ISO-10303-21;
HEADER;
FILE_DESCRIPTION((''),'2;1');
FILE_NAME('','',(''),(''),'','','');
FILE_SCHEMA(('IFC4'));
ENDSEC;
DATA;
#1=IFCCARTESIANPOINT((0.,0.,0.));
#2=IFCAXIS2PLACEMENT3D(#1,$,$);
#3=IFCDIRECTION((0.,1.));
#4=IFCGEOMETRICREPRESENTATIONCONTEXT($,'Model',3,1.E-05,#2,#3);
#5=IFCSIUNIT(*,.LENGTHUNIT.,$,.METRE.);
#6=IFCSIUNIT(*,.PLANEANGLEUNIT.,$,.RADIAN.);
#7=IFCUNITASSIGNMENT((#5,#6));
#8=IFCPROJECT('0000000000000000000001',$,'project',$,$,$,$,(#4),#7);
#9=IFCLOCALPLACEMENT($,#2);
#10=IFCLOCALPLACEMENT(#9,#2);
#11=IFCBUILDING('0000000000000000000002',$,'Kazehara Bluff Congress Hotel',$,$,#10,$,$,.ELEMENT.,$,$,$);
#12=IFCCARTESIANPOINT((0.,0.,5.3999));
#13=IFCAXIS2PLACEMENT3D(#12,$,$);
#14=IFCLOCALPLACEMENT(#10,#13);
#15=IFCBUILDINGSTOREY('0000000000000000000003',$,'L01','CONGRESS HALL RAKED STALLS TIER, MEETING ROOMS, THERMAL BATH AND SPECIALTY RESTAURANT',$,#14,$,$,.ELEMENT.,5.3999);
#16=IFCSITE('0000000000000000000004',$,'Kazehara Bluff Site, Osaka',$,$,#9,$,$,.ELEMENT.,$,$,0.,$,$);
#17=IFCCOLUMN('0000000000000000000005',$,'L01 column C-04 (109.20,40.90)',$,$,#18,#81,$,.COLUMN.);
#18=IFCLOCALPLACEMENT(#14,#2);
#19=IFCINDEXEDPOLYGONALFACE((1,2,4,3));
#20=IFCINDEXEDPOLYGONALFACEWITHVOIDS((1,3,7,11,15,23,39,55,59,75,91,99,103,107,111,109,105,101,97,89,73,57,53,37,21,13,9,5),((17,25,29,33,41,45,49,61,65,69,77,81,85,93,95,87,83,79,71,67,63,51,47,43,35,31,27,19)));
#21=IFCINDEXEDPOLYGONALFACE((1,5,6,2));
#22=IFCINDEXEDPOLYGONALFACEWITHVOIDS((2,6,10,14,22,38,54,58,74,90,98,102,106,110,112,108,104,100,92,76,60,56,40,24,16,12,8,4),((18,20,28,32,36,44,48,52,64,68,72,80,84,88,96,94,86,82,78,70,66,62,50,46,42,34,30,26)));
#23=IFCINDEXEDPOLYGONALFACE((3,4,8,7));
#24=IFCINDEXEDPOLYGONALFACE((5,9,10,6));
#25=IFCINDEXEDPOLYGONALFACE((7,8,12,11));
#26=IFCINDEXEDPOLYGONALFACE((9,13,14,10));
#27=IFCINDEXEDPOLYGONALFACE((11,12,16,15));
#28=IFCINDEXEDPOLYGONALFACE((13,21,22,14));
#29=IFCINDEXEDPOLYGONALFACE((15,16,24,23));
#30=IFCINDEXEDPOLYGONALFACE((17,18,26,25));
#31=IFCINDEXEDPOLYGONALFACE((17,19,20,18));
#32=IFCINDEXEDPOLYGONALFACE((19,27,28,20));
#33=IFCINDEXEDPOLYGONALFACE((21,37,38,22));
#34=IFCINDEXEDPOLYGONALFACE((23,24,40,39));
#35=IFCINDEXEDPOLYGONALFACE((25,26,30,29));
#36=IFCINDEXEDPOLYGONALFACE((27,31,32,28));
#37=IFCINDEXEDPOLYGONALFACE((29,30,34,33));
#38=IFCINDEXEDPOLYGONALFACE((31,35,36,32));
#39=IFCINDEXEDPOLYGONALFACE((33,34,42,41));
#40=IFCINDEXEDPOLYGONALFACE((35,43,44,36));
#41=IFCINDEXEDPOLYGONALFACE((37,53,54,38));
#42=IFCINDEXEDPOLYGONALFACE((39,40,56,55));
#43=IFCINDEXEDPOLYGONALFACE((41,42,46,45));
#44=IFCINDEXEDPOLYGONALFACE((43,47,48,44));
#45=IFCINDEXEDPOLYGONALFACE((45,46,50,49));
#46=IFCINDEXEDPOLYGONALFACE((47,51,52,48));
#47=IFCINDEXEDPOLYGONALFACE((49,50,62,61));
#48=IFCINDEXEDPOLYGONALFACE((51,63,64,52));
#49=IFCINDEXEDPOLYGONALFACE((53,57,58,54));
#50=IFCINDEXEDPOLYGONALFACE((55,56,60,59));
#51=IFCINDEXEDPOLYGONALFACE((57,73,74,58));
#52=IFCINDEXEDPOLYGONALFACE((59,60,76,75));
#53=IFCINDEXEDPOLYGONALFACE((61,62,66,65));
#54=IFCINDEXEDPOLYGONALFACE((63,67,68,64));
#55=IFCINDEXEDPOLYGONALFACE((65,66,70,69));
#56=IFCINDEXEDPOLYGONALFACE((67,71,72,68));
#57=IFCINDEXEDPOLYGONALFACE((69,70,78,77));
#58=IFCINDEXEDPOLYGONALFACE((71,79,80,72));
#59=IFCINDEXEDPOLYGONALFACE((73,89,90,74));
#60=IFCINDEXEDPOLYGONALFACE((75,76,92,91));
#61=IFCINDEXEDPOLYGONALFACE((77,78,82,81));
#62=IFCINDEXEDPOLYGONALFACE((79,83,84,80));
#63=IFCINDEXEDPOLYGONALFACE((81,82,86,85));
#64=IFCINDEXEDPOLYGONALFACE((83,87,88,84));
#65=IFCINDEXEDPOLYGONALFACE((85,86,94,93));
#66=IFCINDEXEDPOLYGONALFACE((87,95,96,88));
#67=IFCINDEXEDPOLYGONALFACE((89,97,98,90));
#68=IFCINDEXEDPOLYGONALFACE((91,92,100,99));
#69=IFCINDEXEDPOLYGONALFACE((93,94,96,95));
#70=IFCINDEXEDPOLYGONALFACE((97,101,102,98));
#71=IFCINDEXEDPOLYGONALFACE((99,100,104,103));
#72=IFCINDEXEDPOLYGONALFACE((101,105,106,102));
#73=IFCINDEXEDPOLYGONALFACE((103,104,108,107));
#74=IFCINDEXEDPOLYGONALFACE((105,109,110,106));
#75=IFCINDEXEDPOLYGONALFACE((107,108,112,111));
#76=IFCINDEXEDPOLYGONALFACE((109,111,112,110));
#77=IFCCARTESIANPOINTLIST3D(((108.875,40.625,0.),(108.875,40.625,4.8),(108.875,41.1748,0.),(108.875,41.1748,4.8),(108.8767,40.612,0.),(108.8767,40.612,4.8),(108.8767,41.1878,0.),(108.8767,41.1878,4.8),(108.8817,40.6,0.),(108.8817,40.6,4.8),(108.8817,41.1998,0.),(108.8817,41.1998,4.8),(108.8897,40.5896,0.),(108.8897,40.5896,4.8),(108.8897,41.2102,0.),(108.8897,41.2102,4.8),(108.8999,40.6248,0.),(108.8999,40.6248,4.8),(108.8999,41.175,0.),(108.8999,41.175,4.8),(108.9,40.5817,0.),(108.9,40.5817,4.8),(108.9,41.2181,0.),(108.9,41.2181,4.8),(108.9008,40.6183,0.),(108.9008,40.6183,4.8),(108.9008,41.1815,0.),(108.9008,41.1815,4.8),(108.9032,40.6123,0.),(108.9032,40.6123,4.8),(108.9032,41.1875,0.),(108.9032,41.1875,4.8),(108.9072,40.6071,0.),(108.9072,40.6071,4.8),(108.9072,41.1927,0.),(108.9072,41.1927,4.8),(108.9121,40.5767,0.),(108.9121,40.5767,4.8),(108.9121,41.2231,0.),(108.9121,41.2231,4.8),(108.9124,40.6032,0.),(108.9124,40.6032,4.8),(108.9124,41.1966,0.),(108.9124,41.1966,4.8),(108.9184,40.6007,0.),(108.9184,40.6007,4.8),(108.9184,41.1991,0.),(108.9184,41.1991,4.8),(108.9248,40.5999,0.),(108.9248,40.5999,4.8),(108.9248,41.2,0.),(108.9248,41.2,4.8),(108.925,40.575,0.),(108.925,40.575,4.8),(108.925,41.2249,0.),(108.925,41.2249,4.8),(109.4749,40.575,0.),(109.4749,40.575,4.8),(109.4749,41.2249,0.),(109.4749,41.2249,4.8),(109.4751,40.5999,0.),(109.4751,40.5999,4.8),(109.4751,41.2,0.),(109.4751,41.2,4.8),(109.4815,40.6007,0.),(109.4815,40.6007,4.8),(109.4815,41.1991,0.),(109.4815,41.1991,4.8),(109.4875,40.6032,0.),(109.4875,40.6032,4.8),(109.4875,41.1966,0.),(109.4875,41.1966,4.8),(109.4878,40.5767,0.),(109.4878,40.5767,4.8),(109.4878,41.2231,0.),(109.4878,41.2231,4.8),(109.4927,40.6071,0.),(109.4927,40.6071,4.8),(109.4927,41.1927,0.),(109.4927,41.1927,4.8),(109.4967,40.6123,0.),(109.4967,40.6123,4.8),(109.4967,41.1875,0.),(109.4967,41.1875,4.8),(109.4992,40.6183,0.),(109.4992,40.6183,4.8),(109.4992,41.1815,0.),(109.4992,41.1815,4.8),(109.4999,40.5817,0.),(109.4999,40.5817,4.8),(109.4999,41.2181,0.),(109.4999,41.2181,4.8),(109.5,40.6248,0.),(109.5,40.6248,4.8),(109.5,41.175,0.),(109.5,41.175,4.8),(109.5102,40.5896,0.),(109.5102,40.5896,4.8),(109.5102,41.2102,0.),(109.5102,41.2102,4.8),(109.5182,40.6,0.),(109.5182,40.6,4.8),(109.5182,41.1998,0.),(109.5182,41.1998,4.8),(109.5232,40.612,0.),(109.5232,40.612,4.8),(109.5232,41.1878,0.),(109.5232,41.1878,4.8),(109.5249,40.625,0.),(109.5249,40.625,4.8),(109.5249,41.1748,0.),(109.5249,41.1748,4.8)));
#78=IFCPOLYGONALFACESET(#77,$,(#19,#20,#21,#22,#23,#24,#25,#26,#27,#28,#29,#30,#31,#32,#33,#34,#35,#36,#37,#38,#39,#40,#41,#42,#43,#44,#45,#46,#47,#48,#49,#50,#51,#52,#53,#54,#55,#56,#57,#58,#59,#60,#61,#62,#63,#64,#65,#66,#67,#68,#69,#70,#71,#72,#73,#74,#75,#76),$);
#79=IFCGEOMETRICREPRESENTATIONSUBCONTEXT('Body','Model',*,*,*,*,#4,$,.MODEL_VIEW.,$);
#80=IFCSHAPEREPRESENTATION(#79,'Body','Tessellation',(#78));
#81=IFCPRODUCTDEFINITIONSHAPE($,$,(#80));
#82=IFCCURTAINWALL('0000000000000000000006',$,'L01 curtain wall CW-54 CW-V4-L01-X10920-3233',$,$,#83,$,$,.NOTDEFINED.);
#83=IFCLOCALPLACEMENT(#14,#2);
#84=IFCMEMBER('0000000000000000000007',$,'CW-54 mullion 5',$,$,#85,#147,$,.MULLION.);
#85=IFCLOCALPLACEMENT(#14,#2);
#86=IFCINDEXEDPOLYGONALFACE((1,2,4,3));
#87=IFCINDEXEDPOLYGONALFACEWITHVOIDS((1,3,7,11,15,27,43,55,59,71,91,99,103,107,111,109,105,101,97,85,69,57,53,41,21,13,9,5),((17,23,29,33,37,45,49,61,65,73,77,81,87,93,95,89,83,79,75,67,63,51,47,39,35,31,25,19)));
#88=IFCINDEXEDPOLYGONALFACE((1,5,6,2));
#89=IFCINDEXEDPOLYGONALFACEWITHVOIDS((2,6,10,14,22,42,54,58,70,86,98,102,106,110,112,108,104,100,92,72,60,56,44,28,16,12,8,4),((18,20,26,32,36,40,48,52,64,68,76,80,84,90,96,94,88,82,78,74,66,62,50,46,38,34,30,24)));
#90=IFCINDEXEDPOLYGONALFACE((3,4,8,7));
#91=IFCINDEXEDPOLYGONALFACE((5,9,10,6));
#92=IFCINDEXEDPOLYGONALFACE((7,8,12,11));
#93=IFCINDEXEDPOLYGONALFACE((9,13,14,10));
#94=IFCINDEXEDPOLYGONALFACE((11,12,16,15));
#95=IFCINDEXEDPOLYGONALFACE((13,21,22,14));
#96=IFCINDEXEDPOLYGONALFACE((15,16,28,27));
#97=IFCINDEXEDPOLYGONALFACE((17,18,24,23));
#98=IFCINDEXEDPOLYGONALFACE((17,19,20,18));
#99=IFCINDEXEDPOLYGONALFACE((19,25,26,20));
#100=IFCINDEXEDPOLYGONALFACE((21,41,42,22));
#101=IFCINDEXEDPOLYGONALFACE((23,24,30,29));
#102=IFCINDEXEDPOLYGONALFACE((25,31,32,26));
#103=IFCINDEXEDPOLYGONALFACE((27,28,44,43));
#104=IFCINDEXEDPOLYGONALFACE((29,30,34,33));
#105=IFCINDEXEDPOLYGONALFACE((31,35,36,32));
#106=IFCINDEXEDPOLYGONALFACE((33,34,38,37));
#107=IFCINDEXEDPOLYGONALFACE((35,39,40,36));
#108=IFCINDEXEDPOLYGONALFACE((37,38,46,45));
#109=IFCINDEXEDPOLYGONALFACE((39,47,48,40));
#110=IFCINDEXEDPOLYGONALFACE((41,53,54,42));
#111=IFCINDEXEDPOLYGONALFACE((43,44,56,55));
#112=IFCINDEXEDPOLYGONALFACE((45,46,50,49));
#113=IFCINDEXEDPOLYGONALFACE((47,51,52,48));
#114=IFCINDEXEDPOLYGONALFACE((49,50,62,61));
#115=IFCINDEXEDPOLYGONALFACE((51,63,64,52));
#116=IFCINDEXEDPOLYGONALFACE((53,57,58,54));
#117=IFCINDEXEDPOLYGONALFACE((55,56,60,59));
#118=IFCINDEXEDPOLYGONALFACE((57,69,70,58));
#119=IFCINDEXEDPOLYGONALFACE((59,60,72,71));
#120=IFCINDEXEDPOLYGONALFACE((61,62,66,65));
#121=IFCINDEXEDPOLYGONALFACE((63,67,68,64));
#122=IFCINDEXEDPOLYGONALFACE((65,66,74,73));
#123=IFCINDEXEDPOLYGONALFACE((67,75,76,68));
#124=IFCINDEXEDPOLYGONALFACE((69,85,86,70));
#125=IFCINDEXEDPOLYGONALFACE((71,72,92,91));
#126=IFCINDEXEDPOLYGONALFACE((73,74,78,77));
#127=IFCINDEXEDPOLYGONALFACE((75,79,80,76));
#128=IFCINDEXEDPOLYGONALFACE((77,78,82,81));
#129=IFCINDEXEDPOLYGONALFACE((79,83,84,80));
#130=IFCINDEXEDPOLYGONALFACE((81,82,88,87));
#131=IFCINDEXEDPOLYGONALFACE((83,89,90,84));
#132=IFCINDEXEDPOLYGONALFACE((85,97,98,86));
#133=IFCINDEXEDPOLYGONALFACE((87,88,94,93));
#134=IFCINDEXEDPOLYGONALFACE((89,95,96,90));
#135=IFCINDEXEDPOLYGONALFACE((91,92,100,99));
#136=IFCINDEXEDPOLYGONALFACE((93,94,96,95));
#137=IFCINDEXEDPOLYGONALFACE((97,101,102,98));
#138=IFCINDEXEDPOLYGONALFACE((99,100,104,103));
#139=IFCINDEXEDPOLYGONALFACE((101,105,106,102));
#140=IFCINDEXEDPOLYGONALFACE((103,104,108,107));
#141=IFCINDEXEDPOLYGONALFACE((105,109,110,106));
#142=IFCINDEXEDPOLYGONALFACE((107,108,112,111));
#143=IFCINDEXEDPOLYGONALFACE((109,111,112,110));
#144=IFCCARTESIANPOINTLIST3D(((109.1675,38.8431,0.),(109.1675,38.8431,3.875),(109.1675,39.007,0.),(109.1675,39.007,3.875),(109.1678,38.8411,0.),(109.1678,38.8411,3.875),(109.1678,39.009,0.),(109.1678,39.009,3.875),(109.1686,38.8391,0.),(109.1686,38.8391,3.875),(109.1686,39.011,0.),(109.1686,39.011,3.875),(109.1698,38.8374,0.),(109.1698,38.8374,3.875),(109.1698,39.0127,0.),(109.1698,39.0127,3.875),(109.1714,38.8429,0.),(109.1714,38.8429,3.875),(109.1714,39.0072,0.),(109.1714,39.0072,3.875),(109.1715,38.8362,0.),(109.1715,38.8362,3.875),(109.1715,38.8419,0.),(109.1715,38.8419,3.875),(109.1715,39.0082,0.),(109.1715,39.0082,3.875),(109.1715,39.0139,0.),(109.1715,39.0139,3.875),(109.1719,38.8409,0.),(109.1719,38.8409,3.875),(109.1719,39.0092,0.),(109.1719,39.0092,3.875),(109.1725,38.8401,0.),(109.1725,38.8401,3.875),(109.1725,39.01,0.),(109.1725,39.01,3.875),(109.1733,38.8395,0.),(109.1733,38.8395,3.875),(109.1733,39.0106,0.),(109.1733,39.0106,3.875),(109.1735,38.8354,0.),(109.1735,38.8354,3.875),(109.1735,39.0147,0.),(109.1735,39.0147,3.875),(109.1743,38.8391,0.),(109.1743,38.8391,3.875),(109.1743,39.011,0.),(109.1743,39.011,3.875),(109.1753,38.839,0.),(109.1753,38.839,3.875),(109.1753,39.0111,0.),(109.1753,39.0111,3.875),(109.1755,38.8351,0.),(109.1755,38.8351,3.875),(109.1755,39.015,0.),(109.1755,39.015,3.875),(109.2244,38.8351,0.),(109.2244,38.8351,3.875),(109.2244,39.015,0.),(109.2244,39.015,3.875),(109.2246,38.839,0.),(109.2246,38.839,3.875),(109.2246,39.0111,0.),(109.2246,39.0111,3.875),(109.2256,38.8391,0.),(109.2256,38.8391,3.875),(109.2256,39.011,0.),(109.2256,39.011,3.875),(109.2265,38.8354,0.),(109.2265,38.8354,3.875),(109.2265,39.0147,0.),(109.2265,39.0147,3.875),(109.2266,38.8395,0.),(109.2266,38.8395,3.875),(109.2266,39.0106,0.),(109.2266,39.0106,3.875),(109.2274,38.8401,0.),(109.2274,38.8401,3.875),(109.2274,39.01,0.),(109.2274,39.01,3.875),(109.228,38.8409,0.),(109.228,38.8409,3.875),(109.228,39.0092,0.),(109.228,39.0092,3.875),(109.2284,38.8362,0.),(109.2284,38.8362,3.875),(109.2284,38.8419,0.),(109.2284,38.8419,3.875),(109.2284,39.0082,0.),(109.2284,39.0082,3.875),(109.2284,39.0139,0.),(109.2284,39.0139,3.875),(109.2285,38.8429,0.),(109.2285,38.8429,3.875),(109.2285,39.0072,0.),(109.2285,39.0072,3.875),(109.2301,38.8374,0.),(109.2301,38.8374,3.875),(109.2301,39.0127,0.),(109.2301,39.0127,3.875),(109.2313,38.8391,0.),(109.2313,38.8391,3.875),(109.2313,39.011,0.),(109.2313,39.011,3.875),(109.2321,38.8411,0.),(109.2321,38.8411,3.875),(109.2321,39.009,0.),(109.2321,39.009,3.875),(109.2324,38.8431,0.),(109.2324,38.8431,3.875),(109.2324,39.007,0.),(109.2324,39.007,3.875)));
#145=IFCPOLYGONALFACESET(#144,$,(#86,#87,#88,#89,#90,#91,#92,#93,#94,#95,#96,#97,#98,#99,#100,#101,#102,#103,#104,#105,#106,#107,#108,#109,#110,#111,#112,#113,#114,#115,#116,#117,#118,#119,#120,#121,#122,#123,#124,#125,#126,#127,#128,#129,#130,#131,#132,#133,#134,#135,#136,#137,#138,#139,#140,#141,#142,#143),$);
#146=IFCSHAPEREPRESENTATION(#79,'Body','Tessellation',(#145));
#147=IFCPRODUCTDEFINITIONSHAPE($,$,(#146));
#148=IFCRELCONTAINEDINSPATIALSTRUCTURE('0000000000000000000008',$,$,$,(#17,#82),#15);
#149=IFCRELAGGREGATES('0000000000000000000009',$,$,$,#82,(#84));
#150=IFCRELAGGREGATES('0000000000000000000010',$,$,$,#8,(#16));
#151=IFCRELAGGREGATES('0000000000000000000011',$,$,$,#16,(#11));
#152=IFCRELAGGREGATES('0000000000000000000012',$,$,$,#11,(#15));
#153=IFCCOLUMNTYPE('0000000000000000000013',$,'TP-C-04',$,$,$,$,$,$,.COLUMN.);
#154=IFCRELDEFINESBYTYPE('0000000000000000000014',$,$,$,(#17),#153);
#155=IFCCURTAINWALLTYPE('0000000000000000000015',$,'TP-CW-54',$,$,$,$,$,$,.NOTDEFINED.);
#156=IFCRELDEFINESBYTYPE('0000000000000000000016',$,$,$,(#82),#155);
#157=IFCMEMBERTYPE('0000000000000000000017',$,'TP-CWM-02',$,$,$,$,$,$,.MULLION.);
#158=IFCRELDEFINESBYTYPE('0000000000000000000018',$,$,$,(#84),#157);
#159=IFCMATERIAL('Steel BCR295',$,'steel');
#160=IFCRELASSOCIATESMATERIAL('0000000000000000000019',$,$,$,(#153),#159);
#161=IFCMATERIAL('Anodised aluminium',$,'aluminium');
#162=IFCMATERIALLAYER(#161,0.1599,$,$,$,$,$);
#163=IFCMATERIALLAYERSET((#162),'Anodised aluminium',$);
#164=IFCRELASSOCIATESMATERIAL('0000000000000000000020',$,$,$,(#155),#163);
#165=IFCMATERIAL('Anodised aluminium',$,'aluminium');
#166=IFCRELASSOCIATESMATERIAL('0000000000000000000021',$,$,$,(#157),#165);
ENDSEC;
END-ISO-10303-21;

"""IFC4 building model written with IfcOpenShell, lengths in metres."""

from ifc_helpers import new_model, si_unit, direction, frame, origin, origin_2d, place, context, subcontext, project, spatial, hollow_rectangle, extrude, material, layer, layer_set, material_profile, profile_set, type_object, element, aggregate, save


model = new_model("IFC4")

# Units and contexts
model_context = context("Model", 3, precision=1e-05, world=origin(), true_north=direction((0.0, 1.0)))
body_context = subcontext(model_context, "Body", "Model", "MODEL_VIEW")
ifc_project = project(units=[si_unit("LENGTHUNIT", "METRE"), si_unit("PLANEANGLEUNIT", "RADIAN")], contexts=[model_context])

# Site, building, storey
site_placement = place(None, origin())
site = spatial("IfcSite", under=ifc_project, at=site_placement, Name="Kazehara Bluff Site, Osaka", CompositionType="ELEMENT", RefElevation=0.0)
building_placement = place(site_placement, origin())
building = spatial("IfcBuilding", under=site, at=building_placement, Name="Kazehara Bluff Congress Hotel", CompositionType="ELEMENT")
storey_placement = place(building_placement, frame((0.0, 0.0, 5.3999)))
storey = spatial("IfcBuildingStorey", under=building, at=storey_placement, Name="L01", Description="CONGRESS HALL RAKED STALLS TIER, MEETING ROOMS, THERMAL BATH AND SPECIALTY RESTAURANT", CompositionType="ELEMENT", Elevation=5.3999)

# Column
ifc_material_1 = material(Name="Steel BCR295", Category="steel")
ifc_material_profile_1 = material_profile(ifc_material_1, hollow_rectangle(XDim=0.6499, YDim=0.6499, WallThickness=0.0249, InnerFilletRadius=0.0249, OuterFilletRadius=0.05, at=origin_2d()))
ifc_profile_set_1 = profile_set([ifc_material_profile_1], Name="Steel BCR295")
column_type = type_object("IfcColumnType", Name="TP-C-04", PredefinedType="COLUMN", material=ifc_profile_set_1)
column_placement = place(storey_placement, frame((109.2, 40.8999, 0.0), z_axis=(0.0, 0.0, 1.0), x_axis=(1.0, 0.0, 0.0)))
element("IfcColumn", 1, at=column_placement, inside=storey, type_object=column_type, Name="L01 column C-04 (109.20,40.90)", PredefinedType="COLUMN", context=body_context, shape_type="SweptSolid", body=[
    extrude(hollow_rectangle(XDim=0.6499, YDim=0.6499, WallThickness=0.0249, InnerFilletRadius=0.0249, OuterFilletRadius=0.05, at=origin_2d()), origin(), (0.0, 0.0, 1.0), 4.8),
])

# Curtain wall, member
ifc_material_2 = material(Name="Anodised aluminium", Category="aluminium")
ifc_layer_1 = layer(ifc_material_2, 0.1599)
ifc_layer_set_1 = layer_set([ifc_layer_1], Name="Anodised aluminium")
curtain_wall_type_1 = type_object("IfcCurtainWallType", Name="TP-CW-54", PredefinedType="NOTDEFINED", material=ifc_layer_set_1)
curtain_wall_1_placement = place(storey_placement, origin())
curtain_wall_1 = element("IfcCurtainWall", 2, at=curtain_wall_1_placement, inside=storey, type_object=curtain_wall_type_1, Name="L01 curtain wall CW-54 CW-V4-L01-X10920-3233", PredefinedType="NOTDEFINED")
ifc_material_3 = material(Name="Anodised aluminium", Category="aluminium")
ifc_material_profile_2 = material_profile(ifc_material_3, hollow_rectangle(XDim=0.0649, YDim=0.1799, WallThickness=0.0039, InnerFilletRadius=0.0039, OuterFilletRadius=0.0081, at=origin_2d()))
ifc_profile_set_2 = profile_set([ifc_material_profile_2], Name="Anodised aluminium")
member_type_1 = type_object("IfcMemberType", Name="TP-CWM-02", PredefinedType="MULLION", material=ifc_profile_set_2)
member_1_placement = place(storey_placement, frame((109.2, 38.925, 0.0), z_axis=(0.0, 0.0, 1.0), x_axis=(-1.0, 0.0, 0.0)))
member_1 = element("IfcMember", 3, at=member_1_placement, type_object=member_type_1, Name="CW-54 mullion 5", PredefinedType="MULLION", context=body_context, shape_type="SweptSolid", body=[
    extrude(hollow_rectangle(XDim=0.0649, YDim=0.1799, WallThickness=0.0039, InnerFilletRadius=0.0039, OuterFilletRadius=0.0081, at=origin_2d()), origin(), (0.0, 0.0, 1.0), 3.875),
])

aggregate(curtain_wall_1, [member_1])

save(model, "model.ifc")
